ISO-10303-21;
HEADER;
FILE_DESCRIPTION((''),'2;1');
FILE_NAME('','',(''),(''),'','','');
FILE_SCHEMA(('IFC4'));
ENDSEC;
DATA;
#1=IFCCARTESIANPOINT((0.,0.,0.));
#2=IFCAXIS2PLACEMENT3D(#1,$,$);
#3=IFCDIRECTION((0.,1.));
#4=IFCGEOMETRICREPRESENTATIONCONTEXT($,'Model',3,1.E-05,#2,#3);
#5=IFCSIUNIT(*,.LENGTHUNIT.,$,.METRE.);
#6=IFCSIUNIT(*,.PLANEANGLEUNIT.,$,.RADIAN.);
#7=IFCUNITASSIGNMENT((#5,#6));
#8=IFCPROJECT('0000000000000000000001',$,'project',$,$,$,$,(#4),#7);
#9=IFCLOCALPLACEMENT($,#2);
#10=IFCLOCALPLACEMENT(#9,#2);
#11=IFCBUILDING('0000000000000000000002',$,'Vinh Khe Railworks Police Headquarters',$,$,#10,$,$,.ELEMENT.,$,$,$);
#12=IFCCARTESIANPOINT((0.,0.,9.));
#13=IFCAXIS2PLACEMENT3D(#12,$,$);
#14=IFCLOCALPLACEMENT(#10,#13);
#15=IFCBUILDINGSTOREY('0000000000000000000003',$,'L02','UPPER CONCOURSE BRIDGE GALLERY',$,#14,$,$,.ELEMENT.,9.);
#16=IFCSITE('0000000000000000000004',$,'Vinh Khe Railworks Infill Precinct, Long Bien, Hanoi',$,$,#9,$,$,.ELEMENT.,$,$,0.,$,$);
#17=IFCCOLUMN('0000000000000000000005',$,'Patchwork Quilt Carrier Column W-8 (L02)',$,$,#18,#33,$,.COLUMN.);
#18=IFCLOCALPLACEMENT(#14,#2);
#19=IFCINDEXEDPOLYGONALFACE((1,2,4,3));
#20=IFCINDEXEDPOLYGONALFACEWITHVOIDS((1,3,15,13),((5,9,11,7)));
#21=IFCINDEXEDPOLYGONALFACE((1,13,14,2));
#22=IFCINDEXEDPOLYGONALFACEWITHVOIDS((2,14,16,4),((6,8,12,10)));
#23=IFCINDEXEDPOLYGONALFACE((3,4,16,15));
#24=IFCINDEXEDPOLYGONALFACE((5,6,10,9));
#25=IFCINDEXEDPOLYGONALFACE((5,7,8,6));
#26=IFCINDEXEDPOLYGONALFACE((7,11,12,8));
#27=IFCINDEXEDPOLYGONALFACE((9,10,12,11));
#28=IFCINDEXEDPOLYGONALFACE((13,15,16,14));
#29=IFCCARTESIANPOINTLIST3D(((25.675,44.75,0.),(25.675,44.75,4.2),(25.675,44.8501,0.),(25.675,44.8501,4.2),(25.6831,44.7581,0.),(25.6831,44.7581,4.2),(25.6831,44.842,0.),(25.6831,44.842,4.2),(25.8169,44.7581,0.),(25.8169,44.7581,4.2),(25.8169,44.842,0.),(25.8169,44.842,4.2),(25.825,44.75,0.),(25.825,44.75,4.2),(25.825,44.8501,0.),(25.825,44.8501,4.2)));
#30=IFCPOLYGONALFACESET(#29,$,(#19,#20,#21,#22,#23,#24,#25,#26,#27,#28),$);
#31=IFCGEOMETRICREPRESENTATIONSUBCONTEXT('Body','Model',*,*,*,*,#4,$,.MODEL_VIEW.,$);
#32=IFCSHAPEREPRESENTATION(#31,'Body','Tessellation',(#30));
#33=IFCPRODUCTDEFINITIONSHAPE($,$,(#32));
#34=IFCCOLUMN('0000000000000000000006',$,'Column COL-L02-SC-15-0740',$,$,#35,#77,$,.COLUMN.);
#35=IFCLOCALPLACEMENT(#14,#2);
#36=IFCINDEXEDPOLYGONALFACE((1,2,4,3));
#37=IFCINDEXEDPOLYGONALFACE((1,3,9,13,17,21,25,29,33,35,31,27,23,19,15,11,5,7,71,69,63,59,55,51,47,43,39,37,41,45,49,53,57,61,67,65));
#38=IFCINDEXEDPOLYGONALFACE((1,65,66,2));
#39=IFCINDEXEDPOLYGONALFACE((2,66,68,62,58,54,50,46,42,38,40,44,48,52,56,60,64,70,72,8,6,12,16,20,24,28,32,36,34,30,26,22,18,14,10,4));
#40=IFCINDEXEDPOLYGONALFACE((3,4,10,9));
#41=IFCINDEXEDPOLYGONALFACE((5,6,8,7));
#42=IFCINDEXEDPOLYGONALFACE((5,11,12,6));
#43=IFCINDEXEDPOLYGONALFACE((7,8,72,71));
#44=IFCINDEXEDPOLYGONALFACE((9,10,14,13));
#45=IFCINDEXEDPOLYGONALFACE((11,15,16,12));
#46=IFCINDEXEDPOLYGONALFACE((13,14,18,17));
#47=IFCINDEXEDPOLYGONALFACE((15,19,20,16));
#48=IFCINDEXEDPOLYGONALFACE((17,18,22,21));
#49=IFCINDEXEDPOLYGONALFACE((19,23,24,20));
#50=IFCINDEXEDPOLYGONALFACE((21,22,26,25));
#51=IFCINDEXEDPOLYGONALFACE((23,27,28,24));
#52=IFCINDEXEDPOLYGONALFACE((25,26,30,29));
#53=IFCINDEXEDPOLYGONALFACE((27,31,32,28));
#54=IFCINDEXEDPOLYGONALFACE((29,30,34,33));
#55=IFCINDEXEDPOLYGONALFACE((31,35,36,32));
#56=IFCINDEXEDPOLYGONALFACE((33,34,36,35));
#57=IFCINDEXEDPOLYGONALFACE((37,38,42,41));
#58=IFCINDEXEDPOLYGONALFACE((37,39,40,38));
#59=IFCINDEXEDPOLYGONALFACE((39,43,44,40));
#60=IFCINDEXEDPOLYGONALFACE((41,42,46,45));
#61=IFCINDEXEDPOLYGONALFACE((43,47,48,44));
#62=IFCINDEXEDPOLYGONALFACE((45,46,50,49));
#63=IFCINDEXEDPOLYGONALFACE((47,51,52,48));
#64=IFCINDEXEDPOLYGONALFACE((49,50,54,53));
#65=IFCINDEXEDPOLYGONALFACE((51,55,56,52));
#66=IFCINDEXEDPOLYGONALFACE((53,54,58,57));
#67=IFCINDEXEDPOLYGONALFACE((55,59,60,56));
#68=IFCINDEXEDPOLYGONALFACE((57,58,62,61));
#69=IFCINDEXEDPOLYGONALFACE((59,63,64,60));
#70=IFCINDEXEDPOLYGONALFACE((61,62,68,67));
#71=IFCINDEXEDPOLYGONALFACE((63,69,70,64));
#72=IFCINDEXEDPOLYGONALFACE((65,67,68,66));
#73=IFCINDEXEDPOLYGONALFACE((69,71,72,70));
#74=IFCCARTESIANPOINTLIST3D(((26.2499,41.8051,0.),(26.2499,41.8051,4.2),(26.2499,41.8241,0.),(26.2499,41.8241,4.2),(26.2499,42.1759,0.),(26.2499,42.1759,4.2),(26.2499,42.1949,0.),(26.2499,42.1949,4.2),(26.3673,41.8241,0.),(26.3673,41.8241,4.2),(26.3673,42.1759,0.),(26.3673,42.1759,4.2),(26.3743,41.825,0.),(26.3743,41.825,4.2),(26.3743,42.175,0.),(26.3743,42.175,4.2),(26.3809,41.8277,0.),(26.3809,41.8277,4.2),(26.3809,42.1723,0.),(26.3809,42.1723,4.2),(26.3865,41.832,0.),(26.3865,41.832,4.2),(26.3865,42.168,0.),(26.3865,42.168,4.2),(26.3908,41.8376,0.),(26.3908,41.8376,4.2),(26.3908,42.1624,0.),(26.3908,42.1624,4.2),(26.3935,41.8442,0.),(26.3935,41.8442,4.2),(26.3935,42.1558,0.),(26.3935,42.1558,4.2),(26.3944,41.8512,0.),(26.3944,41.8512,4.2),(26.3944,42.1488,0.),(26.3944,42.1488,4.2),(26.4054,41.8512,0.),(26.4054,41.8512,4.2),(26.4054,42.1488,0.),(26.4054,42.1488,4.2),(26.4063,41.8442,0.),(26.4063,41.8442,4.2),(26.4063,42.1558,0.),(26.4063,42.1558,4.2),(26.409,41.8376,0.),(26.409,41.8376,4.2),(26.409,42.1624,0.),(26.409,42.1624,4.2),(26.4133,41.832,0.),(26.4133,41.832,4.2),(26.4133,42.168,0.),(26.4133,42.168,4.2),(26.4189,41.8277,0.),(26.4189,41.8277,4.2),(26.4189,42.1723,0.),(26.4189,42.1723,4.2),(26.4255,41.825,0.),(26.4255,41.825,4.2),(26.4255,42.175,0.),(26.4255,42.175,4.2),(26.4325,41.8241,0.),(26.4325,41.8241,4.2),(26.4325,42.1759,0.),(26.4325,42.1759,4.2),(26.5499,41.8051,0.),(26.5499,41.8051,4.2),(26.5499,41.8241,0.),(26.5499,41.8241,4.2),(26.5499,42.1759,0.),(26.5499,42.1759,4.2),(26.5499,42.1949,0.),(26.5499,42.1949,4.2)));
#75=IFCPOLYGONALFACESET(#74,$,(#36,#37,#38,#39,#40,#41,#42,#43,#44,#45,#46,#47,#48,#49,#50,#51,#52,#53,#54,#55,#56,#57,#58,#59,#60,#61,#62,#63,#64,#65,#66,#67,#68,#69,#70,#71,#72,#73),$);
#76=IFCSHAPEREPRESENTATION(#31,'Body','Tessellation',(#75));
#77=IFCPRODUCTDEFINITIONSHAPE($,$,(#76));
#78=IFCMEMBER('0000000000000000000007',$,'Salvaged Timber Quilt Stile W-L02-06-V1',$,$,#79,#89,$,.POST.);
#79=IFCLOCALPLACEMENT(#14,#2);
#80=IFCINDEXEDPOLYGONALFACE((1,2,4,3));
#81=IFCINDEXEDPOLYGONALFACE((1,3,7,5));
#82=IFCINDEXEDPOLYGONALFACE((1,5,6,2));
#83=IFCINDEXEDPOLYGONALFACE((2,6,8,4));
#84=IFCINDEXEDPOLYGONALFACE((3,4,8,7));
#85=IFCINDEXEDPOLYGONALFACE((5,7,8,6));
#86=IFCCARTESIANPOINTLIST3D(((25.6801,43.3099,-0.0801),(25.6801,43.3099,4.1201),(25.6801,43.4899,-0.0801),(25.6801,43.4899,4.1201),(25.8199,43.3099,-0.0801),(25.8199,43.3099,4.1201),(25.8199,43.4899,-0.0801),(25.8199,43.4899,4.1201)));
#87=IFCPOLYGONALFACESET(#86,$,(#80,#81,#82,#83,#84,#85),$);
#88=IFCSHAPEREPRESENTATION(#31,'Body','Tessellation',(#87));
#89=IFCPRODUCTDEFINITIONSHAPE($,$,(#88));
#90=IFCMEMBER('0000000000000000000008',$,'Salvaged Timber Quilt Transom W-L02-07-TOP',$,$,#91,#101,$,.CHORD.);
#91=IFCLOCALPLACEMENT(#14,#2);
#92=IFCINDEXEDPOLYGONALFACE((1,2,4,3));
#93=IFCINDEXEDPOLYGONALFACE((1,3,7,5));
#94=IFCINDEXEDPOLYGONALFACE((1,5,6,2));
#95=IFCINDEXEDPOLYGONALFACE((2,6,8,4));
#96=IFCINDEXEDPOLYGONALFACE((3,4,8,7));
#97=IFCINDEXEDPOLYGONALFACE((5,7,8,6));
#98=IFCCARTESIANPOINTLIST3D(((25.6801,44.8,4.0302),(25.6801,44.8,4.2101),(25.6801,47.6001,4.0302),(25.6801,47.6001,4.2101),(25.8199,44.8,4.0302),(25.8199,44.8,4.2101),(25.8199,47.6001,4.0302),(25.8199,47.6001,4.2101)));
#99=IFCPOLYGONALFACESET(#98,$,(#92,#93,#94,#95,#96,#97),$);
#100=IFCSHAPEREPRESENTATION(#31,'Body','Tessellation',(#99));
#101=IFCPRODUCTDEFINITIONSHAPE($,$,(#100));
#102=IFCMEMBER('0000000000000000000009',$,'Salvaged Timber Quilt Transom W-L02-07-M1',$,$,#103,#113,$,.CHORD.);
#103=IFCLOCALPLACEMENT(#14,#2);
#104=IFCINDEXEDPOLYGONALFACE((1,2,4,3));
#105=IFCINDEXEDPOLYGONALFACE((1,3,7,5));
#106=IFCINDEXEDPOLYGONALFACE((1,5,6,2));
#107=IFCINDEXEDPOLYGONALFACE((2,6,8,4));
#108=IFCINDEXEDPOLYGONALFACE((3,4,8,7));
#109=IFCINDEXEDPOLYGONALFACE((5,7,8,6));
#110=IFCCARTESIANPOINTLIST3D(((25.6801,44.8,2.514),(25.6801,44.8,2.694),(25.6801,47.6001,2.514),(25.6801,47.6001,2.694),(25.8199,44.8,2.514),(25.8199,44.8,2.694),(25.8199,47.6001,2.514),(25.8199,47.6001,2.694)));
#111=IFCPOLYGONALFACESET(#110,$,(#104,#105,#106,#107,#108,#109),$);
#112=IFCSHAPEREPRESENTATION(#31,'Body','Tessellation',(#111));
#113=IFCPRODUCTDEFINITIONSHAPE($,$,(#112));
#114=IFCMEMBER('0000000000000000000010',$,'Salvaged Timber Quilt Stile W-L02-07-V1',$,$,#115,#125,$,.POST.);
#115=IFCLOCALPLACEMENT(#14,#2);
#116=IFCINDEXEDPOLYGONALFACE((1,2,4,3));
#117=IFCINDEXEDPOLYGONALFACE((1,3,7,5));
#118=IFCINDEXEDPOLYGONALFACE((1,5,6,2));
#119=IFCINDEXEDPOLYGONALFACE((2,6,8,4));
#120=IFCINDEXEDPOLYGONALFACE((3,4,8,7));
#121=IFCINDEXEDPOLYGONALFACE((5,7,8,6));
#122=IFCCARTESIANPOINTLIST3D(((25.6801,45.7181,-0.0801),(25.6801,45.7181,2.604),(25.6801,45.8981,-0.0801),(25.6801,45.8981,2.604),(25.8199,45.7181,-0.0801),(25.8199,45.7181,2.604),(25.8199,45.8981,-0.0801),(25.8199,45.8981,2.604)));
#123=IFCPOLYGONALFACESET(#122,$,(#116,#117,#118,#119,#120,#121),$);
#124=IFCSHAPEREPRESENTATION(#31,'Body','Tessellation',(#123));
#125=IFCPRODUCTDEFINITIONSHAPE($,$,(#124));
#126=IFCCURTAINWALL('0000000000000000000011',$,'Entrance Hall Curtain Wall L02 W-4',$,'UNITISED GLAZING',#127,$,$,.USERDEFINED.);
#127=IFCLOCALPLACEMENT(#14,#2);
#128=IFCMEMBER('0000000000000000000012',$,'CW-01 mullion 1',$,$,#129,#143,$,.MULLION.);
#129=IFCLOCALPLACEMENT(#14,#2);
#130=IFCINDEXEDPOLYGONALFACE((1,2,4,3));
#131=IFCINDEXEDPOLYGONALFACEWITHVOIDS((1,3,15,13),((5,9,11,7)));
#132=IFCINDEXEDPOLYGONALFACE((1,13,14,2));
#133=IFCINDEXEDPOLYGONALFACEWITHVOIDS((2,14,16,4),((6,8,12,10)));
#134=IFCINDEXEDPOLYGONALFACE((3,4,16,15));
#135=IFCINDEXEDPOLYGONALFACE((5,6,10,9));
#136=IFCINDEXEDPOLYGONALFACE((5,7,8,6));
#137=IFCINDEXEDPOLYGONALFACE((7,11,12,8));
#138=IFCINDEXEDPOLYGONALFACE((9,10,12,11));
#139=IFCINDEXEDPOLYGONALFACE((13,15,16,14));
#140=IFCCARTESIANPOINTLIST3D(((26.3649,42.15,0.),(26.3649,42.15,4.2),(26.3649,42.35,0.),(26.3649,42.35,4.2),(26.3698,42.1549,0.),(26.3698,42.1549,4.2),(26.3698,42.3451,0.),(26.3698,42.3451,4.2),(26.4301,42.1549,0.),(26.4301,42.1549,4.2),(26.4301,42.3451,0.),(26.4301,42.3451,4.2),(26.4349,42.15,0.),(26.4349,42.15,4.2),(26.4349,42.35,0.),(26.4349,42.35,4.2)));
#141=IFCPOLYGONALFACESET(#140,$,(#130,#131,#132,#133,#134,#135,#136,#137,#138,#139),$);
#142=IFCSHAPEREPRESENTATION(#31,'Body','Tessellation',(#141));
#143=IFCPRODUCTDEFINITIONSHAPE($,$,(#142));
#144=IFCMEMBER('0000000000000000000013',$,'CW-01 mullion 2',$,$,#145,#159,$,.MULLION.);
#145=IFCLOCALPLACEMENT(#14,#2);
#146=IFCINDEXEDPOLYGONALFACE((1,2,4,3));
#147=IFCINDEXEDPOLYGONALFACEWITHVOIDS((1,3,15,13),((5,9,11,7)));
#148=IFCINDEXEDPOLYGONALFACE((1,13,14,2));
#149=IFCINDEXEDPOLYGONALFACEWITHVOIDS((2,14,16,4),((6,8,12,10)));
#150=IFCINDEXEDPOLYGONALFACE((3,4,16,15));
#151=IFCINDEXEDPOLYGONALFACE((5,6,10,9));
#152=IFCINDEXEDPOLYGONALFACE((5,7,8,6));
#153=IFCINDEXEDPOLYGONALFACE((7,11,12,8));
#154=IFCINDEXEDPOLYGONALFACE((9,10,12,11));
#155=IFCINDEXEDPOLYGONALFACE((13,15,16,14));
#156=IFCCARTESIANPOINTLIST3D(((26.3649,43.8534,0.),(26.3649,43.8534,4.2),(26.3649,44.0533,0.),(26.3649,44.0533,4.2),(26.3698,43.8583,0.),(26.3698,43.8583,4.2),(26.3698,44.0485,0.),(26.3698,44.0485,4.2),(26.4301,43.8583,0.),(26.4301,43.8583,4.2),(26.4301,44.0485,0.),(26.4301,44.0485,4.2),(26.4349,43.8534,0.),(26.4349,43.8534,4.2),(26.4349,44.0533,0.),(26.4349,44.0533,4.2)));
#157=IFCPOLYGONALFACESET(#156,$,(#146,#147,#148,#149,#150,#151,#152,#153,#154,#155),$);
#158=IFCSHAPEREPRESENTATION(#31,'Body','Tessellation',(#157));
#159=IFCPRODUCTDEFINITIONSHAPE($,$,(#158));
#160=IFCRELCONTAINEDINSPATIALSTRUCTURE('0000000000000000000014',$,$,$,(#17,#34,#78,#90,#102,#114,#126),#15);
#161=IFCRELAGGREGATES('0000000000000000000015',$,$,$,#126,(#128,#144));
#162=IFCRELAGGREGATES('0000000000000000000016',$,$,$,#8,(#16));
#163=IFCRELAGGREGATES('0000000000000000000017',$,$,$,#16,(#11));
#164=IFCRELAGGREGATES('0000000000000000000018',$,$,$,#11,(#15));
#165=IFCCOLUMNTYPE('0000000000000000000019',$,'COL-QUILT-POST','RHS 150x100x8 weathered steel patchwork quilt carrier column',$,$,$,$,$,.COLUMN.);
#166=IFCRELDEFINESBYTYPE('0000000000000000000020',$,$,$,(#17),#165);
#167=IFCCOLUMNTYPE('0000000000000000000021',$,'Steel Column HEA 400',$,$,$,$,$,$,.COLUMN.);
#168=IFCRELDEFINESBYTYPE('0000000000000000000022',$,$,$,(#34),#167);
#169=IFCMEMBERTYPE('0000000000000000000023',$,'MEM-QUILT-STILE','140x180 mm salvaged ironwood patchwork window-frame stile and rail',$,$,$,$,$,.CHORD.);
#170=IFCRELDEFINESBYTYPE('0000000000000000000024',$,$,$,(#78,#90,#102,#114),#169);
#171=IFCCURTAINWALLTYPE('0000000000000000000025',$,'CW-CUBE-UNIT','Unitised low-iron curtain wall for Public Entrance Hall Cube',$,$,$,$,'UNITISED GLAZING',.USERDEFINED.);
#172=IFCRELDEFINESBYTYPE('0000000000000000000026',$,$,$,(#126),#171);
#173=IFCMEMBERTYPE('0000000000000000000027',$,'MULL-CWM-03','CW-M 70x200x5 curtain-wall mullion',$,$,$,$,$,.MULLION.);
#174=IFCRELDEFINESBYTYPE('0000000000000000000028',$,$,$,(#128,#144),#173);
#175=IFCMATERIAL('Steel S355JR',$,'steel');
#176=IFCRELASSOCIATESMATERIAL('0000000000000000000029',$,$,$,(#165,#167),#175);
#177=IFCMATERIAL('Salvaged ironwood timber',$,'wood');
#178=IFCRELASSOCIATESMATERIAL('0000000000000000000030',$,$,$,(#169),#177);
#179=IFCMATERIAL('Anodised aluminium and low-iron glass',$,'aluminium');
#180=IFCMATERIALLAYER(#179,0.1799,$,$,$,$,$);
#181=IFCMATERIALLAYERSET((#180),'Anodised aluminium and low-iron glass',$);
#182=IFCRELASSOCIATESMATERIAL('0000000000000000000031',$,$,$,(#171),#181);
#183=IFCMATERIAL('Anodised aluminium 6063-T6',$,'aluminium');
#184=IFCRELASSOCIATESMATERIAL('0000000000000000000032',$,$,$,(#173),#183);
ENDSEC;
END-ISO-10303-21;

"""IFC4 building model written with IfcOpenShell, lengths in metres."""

from ifc_helpers import new_model, si_unit, direction, frame, origin, origin_2d, place, context, subcontext, project, spatial, rectangle, hollow_rectangle, i_section, extrude, material, layer, layer_set, material_profile, profile_set, type_object, element, aggregate, save


model = new_model("IFC4")

# Units and contexts
model_context = context("Model", 3, precision=1e-05, world=origin(), true_north=direction((0.0, 1.0)))
body_context = subcontext(model_context, "Body", "Model", "MODEL_VIEW")
ifc_project = project(units=[si_unit("LENGTHUNIT", "METRE"), si_unit("PLANEANGLEUNIT", "RADIAN")], contexts=[model_context])

# Site, building, storey
site_placement = place(None, origin())
site = spatial("IfcSite", under=ifc_project, at=site_placement, Name="Vinh Khe Railworks Infill Precinct, Long Bien, Hanoi", CompositionType="ELEMENT", RefElevation=0.0)
building_placement = place(site_placement, origin())
building = spatial("IfcBuilding", under=site, at=building_placement, Name="Vinh Khe Railworks Police Headquarters", CompositionType="ELEMENT")
storey_placement = place(building_placement, frame((0.0, 0.0, 9.0)))
storey = spatial("IfcBuildingStorey", under=building, at=storey_placement, Name="L02", Description="UPPER CONCOURSE BRIDGE GALLERY", CompositionType="ELEMENT", Elevation=9.0)

# Columns
ifc_material_1 = material(Name="Steel S355JR", Category="steel")
ifc_material_profile_1 = material_profile(ifc_material_1, hollow_rectangle(XDim=0.1499, YDim=0.1001, WallThickness=0.0081, at=origin_2d()), Name="RHS 150x100x8")
ifc_profile_set_1 = profile_set([ifc_material_profile_1], Name="Steel S355JR")
column_type_1 = type_object("IfcColumnType", Name="COL-QUILT-POST", Description="RHS 150x100x8 weathered steel patchwork quilt carrier column", PredefinedType="COLUMN", material=ifc_profile_set_1)
column_1_placement = place(storey_placement, frame((25.75, 44.8, 0.0), z_axis=(0.0, 0.0, 1.0), x_axis=(1.0, 0.0, 0.0)))
element("IfcColumn", 1, at=column_1_placement, inside=storey, type_object=column_type_1, Name="Patchwork Quilt Carrier Column W-8 (L02)", PredefinedType="COLUMN", context=body_context, shape_type="SweptSolid", body=[
    extrude(hollow_rectangle(XDim=0.1499, YDim=0.1001, WallThickness=0.0081, at=origin_2d()), origin(), (0.0, 0.0, 1.0), 4.2),
])
ifc_material_profile_2 = material_profile(ifc_material_1, i_section(OverallWidth=0.3, OverallDepth=0.3899, WebThickness=0.011, FlangeThickness=0.019, FilletRadius=0.0271, at=origin_2d()), Name="HEA 400")
ifc_profile_set_2 = profile_set([ifc_material_profile_2], Name="Steel S355JR")
column_type_2 = type_object("IfcColumnType", Name="Steel Column HEA 400", PredefinedType="COLUMN", material=ifc_profile_set_2)
column_2_placement = place(storey_placement, frame((26.3999, 42.0, 0.0), z_axis=(0.0, 0.0, 1.0), x_axis=(1.0, 0.0, 0.0)))
element("IfcColumn", 2, at=column_2_placement, inside=storey, type_object=column_type_2, Name="Column COL-L02-SC-15-0740", PredefinedType="COLUMN", context=body_context, shape_type="SweptSolid", body=[
    extrude(i_section(OverallWidth=0.3, OverallDepth=0.3899, WebThickness=0.011, FlangeThickness=0.019, FilletRadius=0.0271, at=origin_2d()), origin(), (0.0, 0.0, 1.0), 4.2),
])

# Members
ifc_material_2 = material(Name="Salvaged ironwood timber", Category="wood")
ifc_material_profile_3 = material_profile(ifc_material_2, rectangle(XDim=0.1399, YDim=0.1799, at=origin_2d()), Name="TIMBER 140x180")
ifc_profile_set_3 = profile_set([ifc_material_profile_3], Name="Salvaged ironwood timber")
member_type_1 = type_object("IfcMemberType", Name="MEM-QUILT-STILE", Description="140x180 mm salvaged ironwood patchwork window-frame stile and rail", PredefinedType="CHORD", material=ifc_profile_set_3)
member_1_placement = place(storey_placement, frame((25.75, 43.3999, -0.0801), z_axis=(0.0, 0.0, 1.0), x_axis=(1.0, 0.0, 0.0)))
element("IfcMember", 3, at=member_1_placement, inside=storey, type_object=member_type_1, Name="Salvaged Timber Quilt Stile W-L02-06-V1", PredefinedType="POST", context=body_context, shape_type="SweptSolid", body=[
    extrude(rectangle(XDim=0.1399, YDim=0.1799, at=origin_2d()), origin(), (0.0, 0.0, 1.0), 4.2002),
])
for number, where, z_axis, x_axis, name in (
    (4, (25.75, 44.8, 4.1201), (0.0, 1.0, 0.0), (-1.0, 0.0, 0.0), "Salvaged Timber Quilt Transom W-L02-07-TOP"),
    (5, (25.75, 44.8, 2.604), (0.0, 1.0, 0.0), (-1.0, 0.0, 0.0), "Salvaged Timber Quilt Transom W-L02-07-M1"),
):
    element("IfcMember", number, at=place(storey_placement, frame(where, z_axis=z_axis, x_axis=x_axis)), inside=storey, type_object=member_type_1, Name=name, PredefinedType="CHORD", context=body_context, shape_type="SweptSolid", body=[
        extrude(rectangle(XDim=0.1399, YDim=0.1799, at=origin_2d()), origin(), (0.0, 0.0, 1.0), 2.8),
    ])
member_2_placement = place(storey_placement, frame((25.75, 45.8081, -0.0801), z_axis=(0.0, 0.0, 1.0), x_axis=(1.0, 0.0, 0.0)))
element("IfcMember", 6, at=member_2_placement, inside=storey, type_object=member_type_1, Name="Salvaged Timber Quilt Stile W-L02-07-V1", PredefinedType="POST", context=body_context, shape_type="SweptSolid", body=[
    extrude(rectangle(XDim=0.1399, YDim=0.1799, at=origin_2d()), origin(), (0.0, 0.0, 1.0), 2.6841),
])

# Curtain wall, members
ifc_material_3 = material(Name="Anodised aluminium and low-iron glass", Category="aluminium")
ifc_layer_1 = layer(ifc_material_3, 0.1799)
ifc_layer_set_1 = layer_set([ifc_layer_1], Name="Anodised aluminium and low-iron glass")
curtain_wall_type = type_object("IfcCurtainWallType", Name="CW-CUBE-UNIT", Description="Unitised low-iron curtain wall for Public Entrance Hall Cube", ElementType="UNITISED GLAZING", PredefinedType="USERDEFINED", material=ifc_layer_set_1)
curtain_wall_placement = place(storey_placement, origin())
curtain_wall = element("IfcCurtainWall", 7, at=curtain_wall_placement, inside=storey, type_object=curtain_wall_type, Name="Entrance Hall Curtain Wall L02 W-4", ObjectType="UNITISED GLAZING", PredefinedType="USERDEFINED")
ifc_material_4 = material(Name="Anodised aluminium 6063-T6", Category="aluminium")
ifc_material_profile_4 = material_profile(ifc_material_4, hollow_rectangle(XDim=0.0701, YDim=0.2, WallThickness=0.0049, at=origin_2d()), Name="CW-M 70x200x5")
ifc_profile_set_4 = profile_set([ifc_material_profile_4], Name="Anodised aluminium 6063-T6")
member_type_2 = type_object("IfcMemberType", Name="MULL-CWM-03", Description="CW-M 70x200x5 curtain-wall mullion", PredefinedType="MULLION", material=ifc_profile_set_4)
member_3_placement = place(storey_placement, frame((26.3999, 42.25, 0.0), z_axis=(0.0, 0.0, 1.0), x_axis=(-1.0, 0.0, 0.0)))
member_3 = element("IfcMember", 8, at=member_3_placement, type_object=member_type_2, Name="CW-01 mullion 1", PredefinedType="MULLION", context=body_context, shape_type="SweptSolid", body=[
    extrude(hollow_rectangle(XDim=0.0701, YDim=0.2, WallThickness=0.0049, at=origin_2d()), origin(), (0.0, 0.0, 1.0), 4.2),
])
member_4_placement = place(storey_placement, frame((26.3999, 43.9534, 0.0), z_axis=(0.0, 0.0, 1.0), x_axis=(-1.0, 0.0, 0.0)))
member_4 = element("IfcMember", 9, at=member_4_placement, type_object=member_type_2, Name="CW-01 mullion 2", PredefinedType="MULLION", context=body_context, shape_type="SweptSolid", body=[
    extrude(hollow_rectangle(XDim=0.0701, YDim=0.2, WallThickness=0.0049, at=origin_2d()), origin(), (0.0, 0.0, 1.0), 4.2),
])

aggregate(curtain_wall, [member_3, member_4])

save(model, "model.ifc")
